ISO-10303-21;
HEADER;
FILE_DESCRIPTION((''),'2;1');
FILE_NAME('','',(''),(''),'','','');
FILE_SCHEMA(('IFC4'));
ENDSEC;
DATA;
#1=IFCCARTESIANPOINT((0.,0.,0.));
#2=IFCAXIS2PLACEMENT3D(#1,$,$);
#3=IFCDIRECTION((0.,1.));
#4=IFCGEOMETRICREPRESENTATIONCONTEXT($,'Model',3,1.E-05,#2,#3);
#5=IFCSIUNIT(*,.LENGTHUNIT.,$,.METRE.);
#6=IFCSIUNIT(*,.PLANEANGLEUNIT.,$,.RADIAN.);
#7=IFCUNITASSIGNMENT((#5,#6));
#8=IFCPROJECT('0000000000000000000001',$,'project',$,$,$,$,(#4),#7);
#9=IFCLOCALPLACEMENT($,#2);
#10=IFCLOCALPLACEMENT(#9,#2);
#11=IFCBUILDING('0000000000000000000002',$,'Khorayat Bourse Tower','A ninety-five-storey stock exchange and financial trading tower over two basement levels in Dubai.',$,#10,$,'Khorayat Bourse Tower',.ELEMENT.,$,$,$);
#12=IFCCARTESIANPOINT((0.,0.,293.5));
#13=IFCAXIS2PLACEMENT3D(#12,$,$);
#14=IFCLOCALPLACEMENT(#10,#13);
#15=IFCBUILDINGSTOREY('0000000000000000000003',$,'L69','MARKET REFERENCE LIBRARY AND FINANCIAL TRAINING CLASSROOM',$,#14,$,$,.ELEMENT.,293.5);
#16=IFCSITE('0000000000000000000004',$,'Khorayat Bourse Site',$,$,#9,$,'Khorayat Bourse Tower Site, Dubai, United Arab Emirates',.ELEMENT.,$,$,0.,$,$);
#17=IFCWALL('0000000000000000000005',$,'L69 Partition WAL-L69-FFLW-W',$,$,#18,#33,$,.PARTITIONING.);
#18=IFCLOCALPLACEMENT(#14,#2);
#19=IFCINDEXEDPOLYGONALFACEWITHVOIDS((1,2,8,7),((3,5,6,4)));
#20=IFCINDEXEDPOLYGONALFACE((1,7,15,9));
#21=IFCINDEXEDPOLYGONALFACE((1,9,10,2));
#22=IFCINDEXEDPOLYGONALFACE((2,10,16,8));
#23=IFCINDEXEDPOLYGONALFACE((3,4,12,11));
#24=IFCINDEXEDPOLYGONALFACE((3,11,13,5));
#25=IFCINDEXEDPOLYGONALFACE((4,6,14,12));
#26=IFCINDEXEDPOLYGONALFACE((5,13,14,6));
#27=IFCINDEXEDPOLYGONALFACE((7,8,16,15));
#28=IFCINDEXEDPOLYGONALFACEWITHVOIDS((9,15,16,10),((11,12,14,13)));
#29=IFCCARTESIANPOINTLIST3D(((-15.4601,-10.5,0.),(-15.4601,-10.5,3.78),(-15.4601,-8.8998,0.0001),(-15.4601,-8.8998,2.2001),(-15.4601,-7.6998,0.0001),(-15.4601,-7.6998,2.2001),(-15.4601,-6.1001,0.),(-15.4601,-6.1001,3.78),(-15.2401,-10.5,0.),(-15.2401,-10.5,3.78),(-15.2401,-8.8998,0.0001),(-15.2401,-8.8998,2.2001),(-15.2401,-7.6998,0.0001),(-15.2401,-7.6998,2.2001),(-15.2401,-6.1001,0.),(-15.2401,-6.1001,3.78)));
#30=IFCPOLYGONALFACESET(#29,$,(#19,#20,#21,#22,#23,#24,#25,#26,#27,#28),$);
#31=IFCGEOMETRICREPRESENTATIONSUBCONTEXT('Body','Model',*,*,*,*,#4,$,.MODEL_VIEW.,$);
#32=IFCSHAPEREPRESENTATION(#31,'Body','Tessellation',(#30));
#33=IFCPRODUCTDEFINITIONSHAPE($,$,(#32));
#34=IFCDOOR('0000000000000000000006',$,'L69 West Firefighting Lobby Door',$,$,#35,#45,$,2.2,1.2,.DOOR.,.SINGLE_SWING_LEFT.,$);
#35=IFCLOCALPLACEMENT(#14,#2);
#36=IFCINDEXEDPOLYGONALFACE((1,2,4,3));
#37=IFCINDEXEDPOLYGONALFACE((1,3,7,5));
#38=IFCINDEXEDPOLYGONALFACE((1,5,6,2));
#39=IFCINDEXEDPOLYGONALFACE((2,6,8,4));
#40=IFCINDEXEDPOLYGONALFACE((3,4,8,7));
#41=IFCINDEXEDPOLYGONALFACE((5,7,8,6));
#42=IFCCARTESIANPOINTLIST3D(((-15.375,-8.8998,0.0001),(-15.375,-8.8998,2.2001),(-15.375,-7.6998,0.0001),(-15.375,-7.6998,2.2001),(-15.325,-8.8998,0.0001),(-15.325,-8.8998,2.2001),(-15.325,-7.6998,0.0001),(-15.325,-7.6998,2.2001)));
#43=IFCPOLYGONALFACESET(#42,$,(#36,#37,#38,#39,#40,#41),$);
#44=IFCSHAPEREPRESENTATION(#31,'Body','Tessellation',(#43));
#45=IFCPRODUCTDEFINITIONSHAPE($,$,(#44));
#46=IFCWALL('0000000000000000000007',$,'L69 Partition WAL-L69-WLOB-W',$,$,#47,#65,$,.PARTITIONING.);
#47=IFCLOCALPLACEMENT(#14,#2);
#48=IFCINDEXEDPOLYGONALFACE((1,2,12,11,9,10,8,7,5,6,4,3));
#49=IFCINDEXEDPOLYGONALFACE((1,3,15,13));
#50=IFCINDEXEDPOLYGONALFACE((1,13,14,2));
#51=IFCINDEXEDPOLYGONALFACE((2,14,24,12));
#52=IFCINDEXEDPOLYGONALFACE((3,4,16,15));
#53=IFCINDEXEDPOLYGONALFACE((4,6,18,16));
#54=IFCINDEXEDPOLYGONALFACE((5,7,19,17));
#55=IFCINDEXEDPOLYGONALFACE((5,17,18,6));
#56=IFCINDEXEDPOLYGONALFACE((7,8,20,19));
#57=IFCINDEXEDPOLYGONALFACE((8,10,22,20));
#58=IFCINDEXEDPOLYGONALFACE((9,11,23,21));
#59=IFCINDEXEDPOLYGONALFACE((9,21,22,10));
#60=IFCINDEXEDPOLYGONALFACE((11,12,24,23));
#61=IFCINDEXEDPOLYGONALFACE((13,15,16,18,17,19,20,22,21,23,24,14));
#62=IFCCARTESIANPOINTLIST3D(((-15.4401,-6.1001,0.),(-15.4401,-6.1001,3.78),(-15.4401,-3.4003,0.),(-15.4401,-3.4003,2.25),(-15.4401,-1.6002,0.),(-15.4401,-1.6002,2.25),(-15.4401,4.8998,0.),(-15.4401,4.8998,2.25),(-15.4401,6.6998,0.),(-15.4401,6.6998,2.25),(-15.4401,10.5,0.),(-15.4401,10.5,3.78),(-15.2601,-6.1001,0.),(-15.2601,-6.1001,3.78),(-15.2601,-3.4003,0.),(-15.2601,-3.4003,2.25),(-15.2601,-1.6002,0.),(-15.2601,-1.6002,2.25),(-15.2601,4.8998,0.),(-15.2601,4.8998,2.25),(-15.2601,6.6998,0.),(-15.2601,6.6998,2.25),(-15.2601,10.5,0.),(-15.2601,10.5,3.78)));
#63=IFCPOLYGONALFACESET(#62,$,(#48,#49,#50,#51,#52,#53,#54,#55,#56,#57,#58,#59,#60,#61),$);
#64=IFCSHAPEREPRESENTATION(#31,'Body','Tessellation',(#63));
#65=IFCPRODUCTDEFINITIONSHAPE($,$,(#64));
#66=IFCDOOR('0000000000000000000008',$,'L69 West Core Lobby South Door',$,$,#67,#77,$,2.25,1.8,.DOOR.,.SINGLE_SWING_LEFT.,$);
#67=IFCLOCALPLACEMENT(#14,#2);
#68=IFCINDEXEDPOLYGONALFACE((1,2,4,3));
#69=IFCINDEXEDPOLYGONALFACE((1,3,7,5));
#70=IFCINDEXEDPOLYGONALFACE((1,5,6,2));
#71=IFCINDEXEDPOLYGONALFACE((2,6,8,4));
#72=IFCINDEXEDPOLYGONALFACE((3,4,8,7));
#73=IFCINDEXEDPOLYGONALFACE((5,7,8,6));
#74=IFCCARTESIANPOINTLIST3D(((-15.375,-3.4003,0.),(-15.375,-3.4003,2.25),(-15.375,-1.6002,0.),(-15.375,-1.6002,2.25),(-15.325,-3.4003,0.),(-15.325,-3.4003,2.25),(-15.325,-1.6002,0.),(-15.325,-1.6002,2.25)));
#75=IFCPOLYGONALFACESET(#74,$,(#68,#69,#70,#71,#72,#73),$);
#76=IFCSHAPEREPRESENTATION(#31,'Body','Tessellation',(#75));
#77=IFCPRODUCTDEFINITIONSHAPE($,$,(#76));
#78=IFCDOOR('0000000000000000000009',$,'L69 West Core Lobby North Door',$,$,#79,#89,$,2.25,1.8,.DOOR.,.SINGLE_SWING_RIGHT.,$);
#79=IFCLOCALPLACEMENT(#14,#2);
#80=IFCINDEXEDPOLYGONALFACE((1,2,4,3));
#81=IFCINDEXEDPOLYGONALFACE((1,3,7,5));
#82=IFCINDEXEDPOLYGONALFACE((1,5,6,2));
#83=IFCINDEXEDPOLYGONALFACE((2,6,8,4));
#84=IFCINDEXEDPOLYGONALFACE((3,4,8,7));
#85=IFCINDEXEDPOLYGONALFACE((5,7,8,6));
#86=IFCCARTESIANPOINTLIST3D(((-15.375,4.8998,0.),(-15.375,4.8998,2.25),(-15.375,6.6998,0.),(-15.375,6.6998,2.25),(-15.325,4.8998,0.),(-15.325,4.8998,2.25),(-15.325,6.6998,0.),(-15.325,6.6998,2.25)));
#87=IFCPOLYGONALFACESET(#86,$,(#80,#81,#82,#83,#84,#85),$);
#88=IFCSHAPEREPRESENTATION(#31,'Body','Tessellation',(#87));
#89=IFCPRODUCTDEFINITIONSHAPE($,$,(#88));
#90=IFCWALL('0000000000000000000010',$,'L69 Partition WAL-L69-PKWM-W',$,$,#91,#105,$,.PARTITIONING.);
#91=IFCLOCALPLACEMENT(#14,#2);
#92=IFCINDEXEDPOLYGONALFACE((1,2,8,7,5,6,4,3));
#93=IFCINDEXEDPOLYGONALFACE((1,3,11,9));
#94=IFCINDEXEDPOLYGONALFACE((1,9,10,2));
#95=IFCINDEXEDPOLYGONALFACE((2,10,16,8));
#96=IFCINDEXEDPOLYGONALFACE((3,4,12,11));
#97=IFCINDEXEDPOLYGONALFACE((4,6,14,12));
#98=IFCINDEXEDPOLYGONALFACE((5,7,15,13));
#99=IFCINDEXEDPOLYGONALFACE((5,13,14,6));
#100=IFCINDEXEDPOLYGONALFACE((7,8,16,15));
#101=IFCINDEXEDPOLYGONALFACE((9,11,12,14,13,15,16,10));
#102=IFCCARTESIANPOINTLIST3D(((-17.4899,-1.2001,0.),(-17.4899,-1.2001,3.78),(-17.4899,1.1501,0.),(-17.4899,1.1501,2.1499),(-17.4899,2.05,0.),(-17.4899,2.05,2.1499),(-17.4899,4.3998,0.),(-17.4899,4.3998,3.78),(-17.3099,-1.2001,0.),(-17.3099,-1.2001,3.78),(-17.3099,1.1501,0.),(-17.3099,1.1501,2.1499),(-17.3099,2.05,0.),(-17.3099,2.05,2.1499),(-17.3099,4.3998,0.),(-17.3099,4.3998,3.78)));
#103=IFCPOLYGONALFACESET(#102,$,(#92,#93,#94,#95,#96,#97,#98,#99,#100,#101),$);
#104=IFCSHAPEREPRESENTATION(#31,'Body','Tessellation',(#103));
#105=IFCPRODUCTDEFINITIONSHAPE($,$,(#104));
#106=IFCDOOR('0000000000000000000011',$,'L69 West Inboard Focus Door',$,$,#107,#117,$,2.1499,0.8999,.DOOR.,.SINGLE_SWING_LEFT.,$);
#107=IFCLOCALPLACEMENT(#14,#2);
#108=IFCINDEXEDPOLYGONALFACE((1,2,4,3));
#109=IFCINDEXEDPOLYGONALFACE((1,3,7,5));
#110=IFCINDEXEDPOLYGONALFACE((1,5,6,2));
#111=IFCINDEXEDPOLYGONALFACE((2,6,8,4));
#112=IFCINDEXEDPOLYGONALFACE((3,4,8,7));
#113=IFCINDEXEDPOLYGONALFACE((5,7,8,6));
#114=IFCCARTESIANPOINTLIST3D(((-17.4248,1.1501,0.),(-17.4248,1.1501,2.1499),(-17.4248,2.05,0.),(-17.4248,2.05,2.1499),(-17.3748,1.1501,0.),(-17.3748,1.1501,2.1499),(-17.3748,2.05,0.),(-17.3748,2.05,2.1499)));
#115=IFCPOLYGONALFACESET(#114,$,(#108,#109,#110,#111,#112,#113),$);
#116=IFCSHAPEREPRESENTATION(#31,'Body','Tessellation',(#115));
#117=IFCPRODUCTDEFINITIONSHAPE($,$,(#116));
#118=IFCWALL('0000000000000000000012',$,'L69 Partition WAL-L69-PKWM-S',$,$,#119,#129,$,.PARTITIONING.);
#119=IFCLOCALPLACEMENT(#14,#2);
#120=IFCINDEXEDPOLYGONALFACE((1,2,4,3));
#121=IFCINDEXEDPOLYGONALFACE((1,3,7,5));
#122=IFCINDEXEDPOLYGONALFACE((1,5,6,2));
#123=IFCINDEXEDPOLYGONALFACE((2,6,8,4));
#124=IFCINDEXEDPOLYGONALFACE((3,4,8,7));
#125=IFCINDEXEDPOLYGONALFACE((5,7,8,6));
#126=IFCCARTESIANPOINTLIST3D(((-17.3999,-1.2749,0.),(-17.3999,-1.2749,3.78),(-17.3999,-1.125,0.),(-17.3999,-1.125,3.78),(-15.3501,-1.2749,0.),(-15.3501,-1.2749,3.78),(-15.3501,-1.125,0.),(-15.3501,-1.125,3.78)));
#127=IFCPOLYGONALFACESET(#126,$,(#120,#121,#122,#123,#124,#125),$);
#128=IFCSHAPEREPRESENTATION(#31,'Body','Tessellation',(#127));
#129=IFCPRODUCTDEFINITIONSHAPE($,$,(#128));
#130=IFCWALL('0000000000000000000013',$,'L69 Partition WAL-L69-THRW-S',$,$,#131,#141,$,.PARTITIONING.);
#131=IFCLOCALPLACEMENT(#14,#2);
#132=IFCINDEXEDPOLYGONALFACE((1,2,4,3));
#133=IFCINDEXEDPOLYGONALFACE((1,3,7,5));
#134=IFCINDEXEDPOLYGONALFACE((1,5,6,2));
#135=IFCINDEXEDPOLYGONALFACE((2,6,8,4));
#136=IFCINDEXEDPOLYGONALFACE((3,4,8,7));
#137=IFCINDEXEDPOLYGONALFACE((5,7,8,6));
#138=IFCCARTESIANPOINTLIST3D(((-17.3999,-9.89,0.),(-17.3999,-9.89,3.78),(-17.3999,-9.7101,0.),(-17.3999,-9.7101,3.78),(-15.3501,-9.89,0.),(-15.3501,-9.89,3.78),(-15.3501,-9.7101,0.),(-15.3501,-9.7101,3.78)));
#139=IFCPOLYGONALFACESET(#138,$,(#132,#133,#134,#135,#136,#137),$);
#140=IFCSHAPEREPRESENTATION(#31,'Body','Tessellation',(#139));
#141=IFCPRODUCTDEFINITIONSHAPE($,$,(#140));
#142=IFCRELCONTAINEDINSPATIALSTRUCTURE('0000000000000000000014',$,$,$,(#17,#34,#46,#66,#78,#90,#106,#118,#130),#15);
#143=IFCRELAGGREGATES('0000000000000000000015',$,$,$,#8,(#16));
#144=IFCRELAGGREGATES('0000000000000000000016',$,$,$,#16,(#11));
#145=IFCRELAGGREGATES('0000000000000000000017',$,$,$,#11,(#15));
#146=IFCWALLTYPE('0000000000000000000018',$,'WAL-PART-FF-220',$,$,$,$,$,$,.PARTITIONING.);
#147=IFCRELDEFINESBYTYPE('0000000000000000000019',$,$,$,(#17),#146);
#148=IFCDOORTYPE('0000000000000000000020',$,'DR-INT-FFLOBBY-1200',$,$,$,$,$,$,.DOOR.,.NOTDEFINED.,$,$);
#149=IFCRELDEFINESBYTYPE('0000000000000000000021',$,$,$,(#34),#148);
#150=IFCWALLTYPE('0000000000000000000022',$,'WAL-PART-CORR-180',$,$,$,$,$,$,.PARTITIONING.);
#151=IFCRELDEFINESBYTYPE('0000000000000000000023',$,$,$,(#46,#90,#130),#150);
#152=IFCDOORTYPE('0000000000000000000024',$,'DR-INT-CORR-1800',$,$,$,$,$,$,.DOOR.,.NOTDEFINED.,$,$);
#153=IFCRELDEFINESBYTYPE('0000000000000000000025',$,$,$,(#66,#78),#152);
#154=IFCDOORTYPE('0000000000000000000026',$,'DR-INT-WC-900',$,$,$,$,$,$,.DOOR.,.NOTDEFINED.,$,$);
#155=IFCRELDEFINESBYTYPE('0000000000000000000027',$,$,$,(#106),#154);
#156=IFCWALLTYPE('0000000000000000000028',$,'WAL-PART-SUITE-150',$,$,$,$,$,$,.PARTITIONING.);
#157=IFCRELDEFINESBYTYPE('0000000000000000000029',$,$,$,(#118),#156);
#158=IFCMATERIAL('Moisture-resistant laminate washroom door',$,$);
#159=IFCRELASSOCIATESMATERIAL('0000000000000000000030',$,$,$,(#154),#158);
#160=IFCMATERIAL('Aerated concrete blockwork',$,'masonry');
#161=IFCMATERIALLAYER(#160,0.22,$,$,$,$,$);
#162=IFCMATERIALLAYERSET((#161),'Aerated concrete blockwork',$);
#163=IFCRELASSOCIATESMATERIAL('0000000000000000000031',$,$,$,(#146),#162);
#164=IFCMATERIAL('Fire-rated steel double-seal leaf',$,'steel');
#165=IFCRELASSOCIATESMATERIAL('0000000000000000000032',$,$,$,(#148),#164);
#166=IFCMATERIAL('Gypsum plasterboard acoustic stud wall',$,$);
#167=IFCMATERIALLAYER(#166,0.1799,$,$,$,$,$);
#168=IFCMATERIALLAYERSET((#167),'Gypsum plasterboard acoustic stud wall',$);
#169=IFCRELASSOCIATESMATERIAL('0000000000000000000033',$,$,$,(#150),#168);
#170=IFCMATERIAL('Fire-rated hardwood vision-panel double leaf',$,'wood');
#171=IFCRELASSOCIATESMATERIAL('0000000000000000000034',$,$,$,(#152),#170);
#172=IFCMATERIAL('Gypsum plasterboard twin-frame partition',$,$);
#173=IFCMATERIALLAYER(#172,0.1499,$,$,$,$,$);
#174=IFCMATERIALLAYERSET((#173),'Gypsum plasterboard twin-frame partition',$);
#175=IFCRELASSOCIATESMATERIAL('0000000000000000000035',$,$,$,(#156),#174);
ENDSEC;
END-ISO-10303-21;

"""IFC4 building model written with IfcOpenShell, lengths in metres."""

from ifc_helpers import new_model, si_unit, direction, frame, frame_2d, origin, place, context, subcontext, project, spatial, rectangle, extrude, source, transform, mapped, material, layer, layer_set, type_object, element, fill, save


model = new_model("IFC4")

# Units and contexts
model_context = context("Model", 3, precision=1e-05, world=origin(), true_north=direction((0.0, 1.0)))
body_context = subcontext(model_context, "Body", "Model", "MODEL_VIEW")
ifc_project = project(units=[si_unit("LENGTHUNIT", "METRE"), si_unit("PLANEANGLEUNIT", "RADIAN")], contexts=[model_context])

# Site, building, storey
site_placement = place(None, origin())
site = spatial("IfcSite", under=ifc_project, at=site_placement, Name="Khorayat Bourse Site", LongName="Khorayat Bourse Tower Site, Dubai, United Arab Emirates", CompositionType="ELEMENT", RefElevation=0.0)
building_placement = place(site_placement, origin())
building = spatial("IfcBuilding", under=site, at=building_placement, Name="Khorayat Bourse Tower", Description="A ninety-five-storey stock exchange and financial trading tower over two basement levels in Dubai.", LongName="Khorayat Bourse Tower", CompositionType="ELEMENT")
storey_placement = place(building_placement, frame((0.0, 0.0, 293.5)))
storey = spatial("IfcBuildingStorey", under=building, at=storey_placement, Name="L69", Description="MARKET REFERENCE LIBRARY AND FINANCIAL TRAINING CLASSROOM", CompositionType="ELEMENT", Elevation=293.5)

# Shared definitions
ifc_material_1 = material(Name="Moisture-resistant laminate washroom door")
door_type_1 = type_object("IfcDoorType", Name="DR-INT-WC-900", OperationType="NOTDEFINED", PredefinedType="DOOR", material=ifc_material_1)
shared_shape_1 = source(origin(), body_context, "Body", "SweptSolid", [
    extrude(rectangle(XDim=0.8999, YDim=2.1499, at=frame_2d((0.45, 1.075))), frame((0.0, 0.0249, 0.0), z_axis=(0.0, -1.0, 0.0), x_axis=(1.0, 0.0, 0.0)), (0.0, 0.0, 1.0), 0.05),
])

# Shared definitions
ifc_material_2 = material(Name="Aerated concrete blockwork", Category="masonry")
ifc_layer_1 = layer(ifc_material_2, 0.22)
ifc_layer_set_1 = layer_set([ifc_layer_1], Name="Aerated concrete blockwork")
wall_type_1 = type_object("IfcWallType", Name="WAL-PART-FF-220", PredefinedType="PARTITIONING", material=ifc_layer_set_1)

# Wall, opening, door
shared_shape_2 = source(origin(), body_context, "Body", "SweptSolid", [
    extrude(rectangle(XDim=4.3999, YDim=0.22, at=frame_2d((2.2, 0.0))), origin(), (0.0, 0.0, 1.0), 3.78),
])
wall_1_placement = place(storey_placement, frame((-15.3501, -10.5, 0.0), z_axis=(0.0, 0.0, 1.0), x_axis=(0.0, 1.0, 0.0)))
wall_1 = element("IfcWall", 1, at=wall_1_placement, inside=storey, type_object=wall_type_1, Name="L69 Partition WAL-L69-FFLW-W", PredefinedType="PARTITIONING", context=body_context, shape_type="MappedRepresentation", body=[
    mapped(shared_shape_2, transform((0.0, 0.0, 0.0), scale=1.0)),
])
shared_shape_3 = source(origin(), body_context, "Body", "SweptSolid", [
    extrude(rectangle(XDim=1.2, YDim=2.2, at=frame_2d((0.6001, 1.1001))), frame((0.0, 0.1199, 0.0), z_axis=(0.0, -1.0, 0.0), x_axis=(1.0, 0.0, 0.0)), (0.0, 0.0, 1.0), 0.24),
])
opening_1_placement = place(wall_1_placement, frame((1.6001, 0.0, 0.0)))
opening_1 = element("IfcOpeningElement", 2, at=opening_1_placement, cuts=wall_1, PredefinedType="OPENING", context=body_context, shape_type="MappedRepresentation", body=[
    mapped(shared_shape_3, transform((0.0, 0.0, 0.0), scale=1.0)),
])
ifc_material_3 = material(Name="Fire-rated steel double-seal leaf", Category="steel")
door_type_2 = type_object("IfcDoorType", Name="DR-INT-FFLOBBY-1200", OperationType="NOTDEFINED", PredefinedType="DOOR", material=ifc_material_3)
shared_shape_4 = source(origin(), body_context, "Body", "SweptSolid", [
    extrude(rectangle(XDim=1.2, YDim=2.2, at=frame_2d((0.6001, 1.1001))), frame((0.0, 0.0249, 0.0), z_axis=(0.0, -1.0, 0.0), x_axis=(1.0, 0.0, 0.0)), (0.0, 0.0, 1.0), 0.05),
])
door_1_placement = place(opening_1_placement, origin())
door_1 = element("IfcDoor", 3, at=door_1_placement, inside=storey, type_object=door_type_2, Name="L69 West Firefighting Lobby Door", OperationType="SINGLE_SWING_LEFT", OverallHeight=2.2, OverallWidth=1.2, PredefinedType="DOOR", context=body_context, shape_type="MappedRepresentation", body=[
    mapped(shared_shape_4, transform((0.0, 0.0, 0.0), scale=1.0)),
])
fill(opening_1, door_1)

# Wall, openings, doors
ifc_material_4 = material(Name="Gypsum plasterboard acoustic stud wall")
ifc_layer_2 = layer(ifc_material_4, 0.1799)
ifc_layer_set_2 = layer_set([ifc_layer_2], Name="Gypsum plasterboard acoustic stud wall")
wall_type_2 = type_object("IfcWallType", Name="WAL-PART-CORR-180", PredefinedType="PARTITIONING", material=ifc_layer_set_2)
shared_shape_5 = source(origin(), body_context, "Body", "SweptSolid", [
    extrude(rectangle(XDim=16.6001, YDim=0.1799, at=frame_2d((8.3, 0.0))), origin(), (0.0, 0.0, 1.0), 3.78),
])
wall_2_placement = place(storey_placement, frame((-15.3501, -6.1001, 0.0), z_axis=(0.0, 0.0, 1.0), x_axis=(0.0, 1.0, 0.0)))
wall_2 = element("IfcWall", 4, at=wall_2_placement, inside=storey, type_object=wall_type_2, Name="L69 Partition WAL-L69-WLOB-W", PredefinedType="PARTITIONING", context=body_context, shape_type="MappedRepresentation", body=[
    mapped(shared_shape_5, transform((0.0, 0.0, 0.0), scale=1.0)),
])
shared_shape_6 = source(origin(), body_context, "Body", "SweptSolid", [
    extrude(rectangle(XDim=1.8, YDim=2.25, at=frame_2d((0.8999, 1.125))), frame((0.0, 0.0999, 0.0), z_axis=(0.0, -1.0, 0.0), x_axis=(1.0, 0.0, 0.0)), (0.0, 0.0, 1.0), 0.2),
])
opening_2_placement = place(wall_2_placement, frame((2.7, 0.0, 0.0)))
opening_2 = element("IfcOpeningElement", 5, at=opening_2_placement, cuts=wall_2, PredefinedType="OPENING", context=body_context, shape_type="MappedRepresentation", body=[
    mapped(shared_shape_6, transform((0.0, 0.0, 0.0), scale=1.0)),
])
opening_3_placement = place(wall_2_placement, frame((11.0, 0.0, 0.0)))
opening_3 = element("IfcOpeningElement", 6, at=opening_3_placement, cuts=wall_2, PredefinedType="OPENING", context=body_context, shape_type="MappedRepresentation", body=[
    mapped(shared_shape_6, transform((0.0, 0.0, 0.0), scale=1.0)),
])
ifc_material_5 = material(Name="Fire-rated hardwood vision-panel double leaf", Category="wood")
door_type_3 = type_object("IfcDoorType", Name="DR-INT-CORR-1800", OperationType="NOTDEFINED", PredefinedType="DOOR", material=ifc_material_5)
shared_shape_7 = source(origin(), body_context, "Body", "SweptSolid", [
    extrude(rectangle(XDim=1.8, YDim=2.25, at=frame_2d((0.8999, 1.125))), frame((0.0, 0.0249, 0.0), z_axis=(0.0, -1.0, 0.0), x_axis=(1.0, 0.0, 0.0)), (0.0, 0.0, 1.0), 0.05),
])
door_2_placement = place(opening_2_placement, origin())
door_2 = element("IfcDoor", 7, at=door_2_placement, inside=storey, type_object=door_type_3, Name="L69 West Core Lobby South Door", OperationType="SINGLE_SWING_LEFT", OverallHeight=2.25, OverallWidth=1.8, PredefinedType="DOOR", context=body_context, shape_type="MappedRepresentation", body=[
    mapped(shared_shape_7, transform((0.0, 0.0, 0.0), scale=1.0)),
])
fill(opening_2, door_2)
door_3_placement = place(opening_3_placement, origin())
door_3 = element("IfcDoor", 8, at=door_3_placement, inside=storey, type_object=door_type_3, Name="L69 West Core Lobby North Door", OperationType="SINGLE_SWING_RIGHT", OverallHeight=2.25, OverallWidth=1.8, PredefinedType="DOOR", context=body_context, shape_type="MappedRepresentation", body=[
    mapped(shared_shape_7, transform((0.0, 0.0, 0.0), scale=1.0)),
])
fill(opening_3, door_3)

# Wall, opening, door
shared_shape_8 = source(origin(), body_context, "Body", "SweptSolid", [
    extrude(rectangle(XDim=5.5999, YDim=0.1799, at=frame_2d((2.7998, 0.0))), origin(), (0.0, 0.0, 1.0), 3.78),
])
wall_3_placement = place(storey_placement, frame((-17.3999, -1.2, 0.0), z_axis=(0.0, 0.0, 1.0), x_axis=(0.0, 1.0, 0.0)))
wall_3 = element("IfcWall", 9, at=wall_3_placement, inside=storey, type_object=wall_type_2, Name="L69 Partition WAL-L69-PKWM-W", PredefinedType="PARTITIONING", context=body_context, shape_type="MappedRepresentation", body=[
    mapped(shared_shape_8, transform((0.0, 0.0, 0.0), scale=1.0)),
])
shared_shape_9 = source(origin(), body_context, "Body", "SweptSolid", [
    extrude(rectangle(XDim=0.8999, YDim=2.1499, at=frame_2d((0.45, 1.075))), frame((0.0, 0.0999, 0.0), z_axis=(0.0, -1.0, 0.0), x_axis=(1.0, 0.0, 0.0)), (0.0, 0.0, 1.0), 0.2),
])
opening_4_placement = place(wall_3_placement, frame((2.3501, 0.0, 0.0)))
opening_4 = element("IfcOpeningElement", 10, at=opening_4_placement, cuts=wall_3, PredefinedType="OPENING", context=body_context, shape_type="MappedRepresentation", body=[
    mapped(shared_shape_9, transform((0.0, 0.0, 0.0), scale=1.0)),
])
door_4_placement = place(opening_4_placement, origin())
door_4 = element("IfcDoor", 11, at=door_4_placement, inside=storey, type_object=door_type_1, Name="L69 West Inboard Focus Door", OperationType="SINGLE_SWING_LEFT", OverallHeight=2.1499, OverallWidth=0.8999, PredefinedType="DOOR", context=body_context, shape_type="MappedRepresentation", body=[
    mapped(shared_shape_1, transform((0.0, 0.0, 0.0), scale=1.0)),
])
fill(opening_4, door_4)

# Walls
ifc_material_6 = material(Name="Gypsum plasterboard twin-frame partition")
ifc_layer_3 = layer(ifc_material_6, 0.1499)
ifc_layer_set_3 = layer_set([ifc_layer_3], Name="Gypsum plasterboard twin-frame partition")
wall_type_3 = type_object("IfcWallType", Name="WAL-PART-SUITE-150", PredefinedType="PARTITIONING", material=ifc_layer_set_3)
shared_shape_10 = source(origin(), body_context, "Body", "SweptSolid", [
    extrude(rectangle(XDim=2.0498, YDim=0.1499, at=frame_2d((1.0249, 0.0))), origin(), (0.0, 0.0, 1.0), 3.78),
])
wall_4_placement = place(storey_placement, frame((-17.3999, -1.2, 0.0), z_axis=(0.0, 0.0, 1.0), x_axis=(1.0, 0.0, 0.0)))
element("IfcWall", 12, at=wall_4_placement, inside=storey, type_object=wall_type_3, Name="L69 Partition WAL-L69-PKWM-S", PredefinedType="PARTITIONING", context=body_context, shape_type="MappedRepresentation", body=[
    mapped(shared_shape_10, transform((0.0, 0.0, 0.0), scale=1.0)),
])
shared_shape_11 = source(origin(), body_context, "Body", "SweptSolid", [
    extrude(rectangle(XDim=2.0498, YDim=0.1799, at=frame_2d((1.0249, 0.0))), origin(), (0.0, 0.0, 1.0), 3.78),
])
wall_5_placement = place(storey_placement, frame((-17.3999, -9.8, 0.0), z_axis=(0.0, 0.0, 1.0), x_axis=(1.0, 0.0, 0.0)))
element("IfcWall", 13, at=wall_5_placement, inside=storey, type_object=wall_type_2, Name="L69 Partition WAL-L69-THRW-S", PredefinedType="PARTITIONING", context=body_context, shape_type="MappedRepresentation", body=[
    mapped(shared_shape_11, transform((0.0, 0.0, 0.0), scale=1.0)),
])

save(model, "model.ifc")
